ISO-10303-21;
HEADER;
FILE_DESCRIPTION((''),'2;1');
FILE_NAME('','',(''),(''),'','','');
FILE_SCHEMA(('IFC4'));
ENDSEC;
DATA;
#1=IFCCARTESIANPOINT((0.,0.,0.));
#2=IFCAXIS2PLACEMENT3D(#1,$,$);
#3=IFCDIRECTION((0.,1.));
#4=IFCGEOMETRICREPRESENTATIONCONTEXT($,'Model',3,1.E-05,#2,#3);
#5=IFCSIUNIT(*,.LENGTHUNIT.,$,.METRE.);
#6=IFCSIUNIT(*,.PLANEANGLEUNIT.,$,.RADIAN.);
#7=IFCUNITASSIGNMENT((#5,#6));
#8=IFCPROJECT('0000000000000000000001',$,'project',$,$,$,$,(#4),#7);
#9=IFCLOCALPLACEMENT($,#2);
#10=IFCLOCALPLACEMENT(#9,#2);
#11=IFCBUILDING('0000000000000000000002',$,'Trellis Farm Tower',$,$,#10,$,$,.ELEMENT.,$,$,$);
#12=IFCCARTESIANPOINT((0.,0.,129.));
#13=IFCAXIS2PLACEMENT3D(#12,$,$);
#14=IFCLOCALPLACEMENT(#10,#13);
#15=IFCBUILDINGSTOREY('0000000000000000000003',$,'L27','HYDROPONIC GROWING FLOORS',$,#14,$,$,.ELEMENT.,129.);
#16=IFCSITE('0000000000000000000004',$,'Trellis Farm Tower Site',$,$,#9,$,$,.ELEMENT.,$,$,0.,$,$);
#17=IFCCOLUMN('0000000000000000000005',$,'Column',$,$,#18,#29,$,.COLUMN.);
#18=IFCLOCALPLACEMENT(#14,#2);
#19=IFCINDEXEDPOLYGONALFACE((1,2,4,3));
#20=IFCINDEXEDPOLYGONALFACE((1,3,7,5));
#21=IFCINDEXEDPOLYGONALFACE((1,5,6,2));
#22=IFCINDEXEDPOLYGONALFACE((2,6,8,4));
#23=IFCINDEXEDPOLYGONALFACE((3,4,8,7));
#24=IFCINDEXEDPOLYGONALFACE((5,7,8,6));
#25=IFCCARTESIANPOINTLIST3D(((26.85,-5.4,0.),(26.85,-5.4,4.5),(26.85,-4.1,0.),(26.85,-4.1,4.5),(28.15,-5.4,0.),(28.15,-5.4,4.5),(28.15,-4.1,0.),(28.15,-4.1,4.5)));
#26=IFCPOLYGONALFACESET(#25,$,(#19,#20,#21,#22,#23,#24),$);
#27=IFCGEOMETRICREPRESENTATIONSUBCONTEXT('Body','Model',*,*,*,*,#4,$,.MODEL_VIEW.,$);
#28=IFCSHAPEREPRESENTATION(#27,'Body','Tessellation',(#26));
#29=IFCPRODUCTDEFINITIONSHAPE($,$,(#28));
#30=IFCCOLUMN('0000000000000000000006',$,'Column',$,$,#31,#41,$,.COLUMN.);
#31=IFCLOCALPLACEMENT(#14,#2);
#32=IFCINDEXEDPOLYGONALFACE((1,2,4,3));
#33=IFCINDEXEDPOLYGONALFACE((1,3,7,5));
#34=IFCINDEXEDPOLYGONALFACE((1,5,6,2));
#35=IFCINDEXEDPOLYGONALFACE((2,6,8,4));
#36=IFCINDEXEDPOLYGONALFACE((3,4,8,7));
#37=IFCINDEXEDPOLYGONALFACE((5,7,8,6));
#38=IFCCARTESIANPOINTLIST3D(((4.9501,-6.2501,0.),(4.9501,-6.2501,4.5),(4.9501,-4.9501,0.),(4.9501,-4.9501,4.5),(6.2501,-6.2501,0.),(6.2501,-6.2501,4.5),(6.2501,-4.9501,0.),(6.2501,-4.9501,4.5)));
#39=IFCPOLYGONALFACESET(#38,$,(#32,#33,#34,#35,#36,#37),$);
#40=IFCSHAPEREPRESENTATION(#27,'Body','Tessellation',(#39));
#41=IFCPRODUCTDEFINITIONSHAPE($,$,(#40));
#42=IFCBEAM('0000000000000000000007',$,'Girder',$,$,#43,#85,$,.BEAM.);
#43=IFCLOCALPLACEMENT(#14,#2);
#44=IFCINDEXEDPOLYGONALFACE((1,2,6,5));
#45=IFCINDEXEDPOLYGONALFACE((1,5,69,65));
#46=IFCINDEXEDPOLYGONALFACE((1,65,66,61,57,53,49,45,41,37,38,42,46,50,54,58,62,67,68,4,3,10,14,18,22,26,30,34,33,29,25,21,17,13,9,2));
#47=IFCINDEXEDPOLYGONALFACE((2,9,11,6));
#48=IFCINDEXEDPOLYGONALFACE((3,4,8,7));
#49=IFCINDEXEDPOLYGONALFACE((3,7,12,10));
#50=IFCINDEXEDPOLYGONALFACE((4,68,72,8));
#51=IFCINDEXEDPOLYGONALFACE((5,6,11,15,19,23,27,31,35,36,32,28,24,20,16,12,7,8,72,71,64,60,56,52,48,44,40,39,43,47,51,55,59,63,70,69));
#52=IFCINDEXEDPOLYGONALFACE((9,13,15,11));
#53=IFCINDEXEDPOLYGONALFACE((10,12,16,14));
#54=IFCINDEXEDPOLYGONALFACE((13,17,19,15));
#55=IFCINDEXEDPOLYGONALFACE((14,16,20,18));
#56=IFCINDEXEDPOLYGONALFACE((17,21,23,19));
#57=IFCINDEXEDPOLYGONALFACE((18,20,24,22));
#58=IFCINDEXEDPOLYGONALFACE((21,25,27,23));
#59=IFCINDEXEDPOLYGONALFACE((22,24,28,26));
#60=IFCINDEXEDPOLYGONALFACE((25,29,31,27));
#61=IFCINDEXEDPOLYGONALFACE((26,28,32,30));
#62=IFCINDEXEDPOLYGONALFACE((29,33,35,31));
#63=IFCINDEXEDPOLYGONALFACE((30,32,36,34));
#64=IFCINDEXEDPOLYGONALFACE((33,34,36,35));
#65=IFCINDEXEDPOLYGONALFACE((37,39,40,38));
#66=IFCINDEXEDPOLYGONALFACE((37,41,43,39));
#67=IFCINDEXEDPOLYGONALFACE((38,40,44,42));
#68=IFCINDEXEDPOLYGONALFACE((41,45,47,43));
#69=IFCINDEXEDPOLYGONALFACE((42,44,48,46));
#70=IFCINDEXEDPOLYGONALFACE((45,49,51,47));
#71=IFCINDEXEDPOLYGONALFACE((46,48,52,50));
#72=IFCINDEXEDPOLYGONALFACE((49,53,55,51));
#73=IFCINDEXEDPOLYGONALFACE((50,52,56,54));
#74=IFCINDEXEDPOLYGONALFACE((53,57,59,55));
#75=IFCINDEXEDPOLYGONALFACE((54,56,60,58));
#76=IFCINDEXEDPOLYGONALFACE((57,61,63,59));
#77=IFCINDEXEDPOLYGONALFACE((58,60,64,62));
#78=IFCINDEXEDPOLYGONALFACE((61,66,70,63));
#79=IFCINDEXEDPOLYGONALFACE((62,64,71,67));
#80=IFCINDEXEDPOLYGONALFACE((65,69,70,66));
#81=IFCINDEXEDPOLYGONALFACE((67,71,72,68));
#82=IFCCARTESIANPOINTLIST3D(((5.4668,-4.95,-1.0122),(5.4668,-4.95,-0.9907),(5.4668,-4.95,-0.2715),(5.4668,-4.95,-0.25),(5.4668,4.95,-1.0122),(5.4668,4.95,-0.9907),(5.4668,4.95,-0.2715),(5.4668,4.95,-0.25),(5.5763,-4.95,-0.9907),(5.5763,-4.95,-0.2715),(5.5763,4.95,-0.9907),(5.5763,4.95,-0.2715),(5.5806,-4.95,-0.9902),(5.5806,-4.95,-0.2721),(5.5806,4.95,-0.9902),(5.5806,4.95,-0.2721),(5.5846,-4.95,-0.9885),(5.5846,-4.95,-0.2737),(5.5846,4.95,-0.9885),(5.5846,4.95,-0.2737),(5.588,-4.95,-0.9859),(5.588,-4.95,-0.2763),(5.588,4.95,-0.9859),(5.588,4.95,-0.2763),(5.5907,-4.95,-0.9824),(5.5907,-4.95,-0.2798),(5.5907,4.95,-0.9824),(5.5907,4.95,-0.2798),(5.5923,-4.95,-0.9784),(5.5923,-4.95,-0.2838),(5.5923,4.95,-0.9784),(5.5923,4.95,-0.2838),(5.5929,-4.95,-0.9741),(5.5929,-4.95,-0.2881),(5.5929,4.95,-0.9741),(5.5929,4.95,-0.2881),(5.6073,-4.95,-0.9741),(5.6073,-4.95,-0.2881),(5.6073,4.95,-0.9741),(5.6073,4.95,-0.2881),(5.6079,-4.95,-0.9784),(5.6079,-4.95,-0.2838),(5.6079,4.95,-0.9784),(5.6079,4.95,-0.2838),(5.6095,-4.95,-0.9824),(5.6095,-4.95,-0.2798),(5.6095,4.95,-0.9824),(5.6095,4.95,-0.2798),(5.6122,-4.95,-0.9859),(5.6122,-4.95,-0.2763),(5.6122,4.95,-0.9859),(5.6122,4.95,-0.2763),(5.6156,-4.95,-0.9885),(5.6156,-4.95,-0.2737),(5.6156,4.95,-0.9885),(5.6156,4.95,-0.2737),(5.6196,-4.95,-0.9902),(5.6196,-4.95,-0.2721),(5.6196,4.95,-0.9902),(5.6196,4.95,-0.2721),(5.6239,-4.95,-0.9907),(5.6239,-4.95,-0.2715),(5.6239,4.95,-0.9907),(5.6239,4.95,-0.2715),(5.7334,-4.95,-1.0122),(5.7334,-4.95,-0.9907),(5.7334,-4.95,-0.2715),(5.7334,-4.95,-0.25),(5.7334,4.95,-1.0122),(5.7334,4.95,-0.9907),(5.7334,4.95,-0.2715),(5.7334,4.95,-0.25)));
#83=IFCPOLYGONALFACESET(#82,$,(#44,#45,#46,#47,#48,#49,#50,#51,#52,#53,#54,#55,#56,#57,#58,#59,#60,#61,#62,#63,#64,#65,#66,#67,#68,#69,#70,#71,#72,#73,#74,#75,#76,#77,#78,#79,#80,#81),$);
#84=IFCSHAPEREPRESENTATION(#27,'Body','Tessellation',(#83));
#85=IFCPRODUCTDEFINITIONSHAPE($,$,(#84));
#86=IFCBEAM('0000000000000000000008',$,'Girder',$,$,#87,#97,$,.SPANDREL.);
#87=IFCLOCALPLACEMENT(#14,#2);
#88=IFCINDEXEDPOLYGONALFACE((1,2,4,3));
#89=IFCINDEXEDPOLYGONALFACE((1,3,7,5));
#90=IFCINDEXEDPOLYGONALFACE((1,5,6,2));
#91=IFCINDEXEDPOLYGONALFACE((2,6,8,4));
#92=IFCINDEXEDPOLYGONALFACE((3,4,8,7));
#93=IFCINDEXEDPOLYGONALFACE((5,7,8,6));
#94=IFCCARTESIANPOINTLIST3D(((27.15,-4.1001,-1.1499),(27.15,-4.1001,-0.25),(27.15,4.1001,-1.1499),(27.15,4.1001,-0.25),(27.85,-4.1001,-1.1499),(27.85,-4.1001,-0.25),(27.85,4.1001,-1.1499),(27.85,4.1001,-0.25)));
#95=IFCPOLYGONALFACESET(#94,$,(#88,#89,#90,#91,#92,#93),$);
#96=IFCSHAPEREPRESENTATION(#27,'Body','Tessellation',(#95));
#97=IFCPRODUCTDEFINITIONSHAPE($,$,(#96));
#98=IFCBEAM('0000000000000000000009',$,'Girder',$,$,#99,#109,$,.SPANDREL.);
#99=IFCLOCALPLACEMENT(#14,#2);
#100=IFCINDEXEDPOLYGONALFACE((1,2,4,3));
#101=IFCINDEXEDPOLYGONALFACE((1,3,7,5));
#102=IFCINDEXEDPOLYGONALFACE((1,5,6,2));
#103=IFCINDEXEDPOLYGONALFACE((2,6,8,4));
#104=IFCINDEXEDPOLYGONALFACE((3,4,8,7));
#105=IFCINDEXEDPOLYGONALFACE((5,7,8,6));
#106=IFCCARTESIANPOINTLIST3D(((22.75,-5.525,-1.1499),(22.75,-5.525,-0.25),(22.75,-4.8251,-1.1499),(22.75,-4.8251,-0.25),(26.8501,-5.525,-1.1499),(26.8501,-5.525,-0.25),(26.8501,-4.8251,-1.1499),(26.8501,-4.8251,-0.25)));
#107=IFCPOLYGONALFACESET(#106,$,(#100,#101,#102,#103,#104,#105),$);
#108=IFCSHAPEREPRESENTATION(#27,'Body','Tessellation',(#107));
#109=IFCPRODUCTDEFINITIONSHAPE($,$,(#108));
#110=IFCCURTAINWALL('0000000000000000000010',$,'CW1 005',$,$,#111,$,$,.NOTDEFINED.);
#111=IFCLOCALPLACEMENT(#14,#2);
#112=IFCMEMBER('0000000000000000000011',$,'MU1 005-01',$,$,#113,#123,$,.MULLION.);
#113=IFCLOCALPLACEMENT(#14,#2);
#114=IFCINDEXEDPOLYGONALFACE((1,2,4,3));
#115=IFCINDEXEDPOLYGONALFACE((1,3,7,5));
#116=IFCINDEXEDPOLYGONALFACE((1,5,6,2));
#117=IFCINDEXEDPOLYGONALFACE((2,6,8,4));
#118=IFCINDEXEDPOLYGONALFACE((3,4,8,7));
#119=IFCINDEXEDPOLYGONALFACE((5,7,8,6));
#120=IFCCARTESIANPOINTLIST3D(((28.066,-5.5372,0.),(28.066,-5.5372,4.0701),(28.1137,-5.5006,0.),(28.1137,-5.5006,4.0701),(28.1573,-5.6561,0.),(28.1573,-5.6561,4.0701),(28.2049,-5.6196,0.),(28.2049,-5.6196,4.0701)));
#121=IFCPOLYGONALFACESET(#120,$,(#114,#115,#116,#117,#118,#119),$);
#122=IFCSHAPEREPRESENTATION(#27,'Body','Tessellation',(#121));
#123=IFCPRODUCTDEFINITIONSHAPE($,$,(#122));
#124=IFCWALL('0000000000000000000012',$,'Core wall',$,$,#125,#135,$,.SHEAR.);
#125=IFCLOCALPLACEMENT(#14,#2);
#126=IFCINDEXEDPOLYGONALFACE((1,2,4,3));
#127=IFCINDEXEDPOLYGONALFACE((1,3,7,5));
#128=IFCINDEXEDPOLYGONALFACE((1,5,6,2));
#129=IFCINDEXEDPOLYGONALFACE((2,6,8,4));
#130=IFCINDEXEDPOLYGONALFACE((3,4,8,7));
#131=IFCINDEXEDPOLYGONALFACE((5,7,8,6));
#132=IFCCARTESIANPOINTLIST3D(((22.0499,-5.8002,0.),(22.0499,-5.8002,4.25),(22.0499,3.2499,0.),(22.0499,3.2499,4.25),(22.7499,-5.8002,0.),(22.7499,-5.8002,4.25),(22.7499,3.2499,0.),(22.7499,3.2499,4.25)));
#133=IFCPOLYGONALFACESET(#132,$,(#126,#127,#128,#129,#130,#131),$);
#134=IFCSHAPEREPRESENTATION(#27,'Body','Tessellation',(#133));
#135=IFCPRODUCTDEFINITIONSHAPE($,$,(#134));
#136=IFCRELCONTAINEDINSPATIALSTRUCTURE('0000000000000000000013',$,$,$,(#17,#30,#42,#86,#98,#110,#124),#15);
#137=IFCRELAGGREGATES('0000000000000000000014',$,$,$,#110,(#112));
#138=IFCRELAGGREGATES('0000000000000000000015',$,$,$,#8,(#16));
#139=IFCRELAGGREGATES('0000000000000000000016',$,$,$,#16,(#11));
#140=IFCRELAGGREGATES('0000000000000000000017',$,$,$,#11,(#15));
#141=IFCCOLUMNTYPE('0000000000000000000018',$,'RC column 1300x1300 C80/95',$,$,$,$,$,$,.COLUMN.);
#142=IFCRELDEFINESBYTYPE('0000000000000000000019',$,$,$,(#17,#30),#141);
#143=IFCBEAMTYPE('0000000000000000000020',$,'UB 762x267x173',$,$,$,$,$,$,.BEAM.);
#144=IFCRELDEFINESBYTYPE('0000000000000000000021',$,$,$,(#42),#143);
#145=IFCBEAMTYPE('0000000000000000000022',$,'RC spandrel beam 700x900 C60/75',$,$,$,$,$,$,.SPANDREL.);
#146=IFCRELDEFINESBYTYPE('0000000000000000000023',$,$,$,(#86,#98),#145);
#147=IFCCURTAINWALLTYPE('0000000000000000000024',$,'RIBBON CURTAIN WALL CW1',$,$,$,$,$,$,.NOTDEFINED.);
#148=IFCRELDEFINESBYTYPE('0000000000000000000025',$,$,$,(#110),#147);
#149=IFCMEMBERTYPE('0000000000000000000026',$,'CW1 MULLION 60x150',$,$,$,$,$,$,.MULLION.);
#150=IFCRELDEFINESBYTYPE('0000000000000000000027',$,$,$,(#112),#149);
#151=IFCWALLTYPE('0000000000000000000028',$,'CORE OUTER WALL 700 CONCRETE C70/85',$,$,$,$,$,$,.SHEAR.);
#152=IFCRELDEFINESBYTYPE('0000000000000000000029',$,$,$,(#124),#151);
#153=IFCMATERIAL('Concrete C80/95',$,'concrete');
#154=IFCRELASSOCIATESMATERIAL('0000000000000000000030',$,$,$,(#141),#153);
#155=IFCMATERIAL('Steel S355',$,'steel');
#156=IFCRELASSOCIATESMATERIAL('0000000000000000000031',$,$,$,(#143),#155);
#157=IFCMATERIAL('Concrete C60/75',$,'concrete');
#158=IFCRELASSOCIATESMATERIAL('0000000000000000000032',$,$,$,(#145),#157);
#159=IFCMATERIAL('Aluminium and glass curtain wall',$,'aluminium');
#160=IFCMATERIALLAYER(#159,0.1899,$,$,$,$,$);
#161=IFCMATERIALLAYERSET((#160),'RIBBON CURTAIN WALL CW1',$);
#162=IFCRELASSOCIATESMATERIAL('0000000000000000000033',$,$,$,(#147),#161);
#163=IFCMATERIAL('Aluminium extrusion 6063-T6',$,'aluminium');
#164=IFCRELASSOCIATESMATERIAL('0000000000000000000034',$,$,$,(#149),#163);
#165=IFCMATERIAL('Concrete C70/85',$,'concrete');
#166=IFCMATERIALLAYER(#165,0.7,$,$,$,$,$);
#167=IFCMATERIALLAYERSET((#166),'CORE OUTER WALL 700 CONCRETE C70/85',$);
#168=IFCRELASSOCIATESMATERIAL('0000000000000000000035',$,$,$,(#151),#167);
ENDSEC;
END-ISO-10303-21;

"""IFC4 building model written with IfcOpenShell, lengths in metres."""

from ifc_helpers import new_model, si_unit, direction, frame, frame_2d, origin, origin_2d, place, context, subcontext, project, spatial, rectangle, i_section, extrude, source, transform, mapped, material, layer, layer_set, material_profile, profile_set, type_object, element, aggregate, save


model = new_model("IFC4")

# Units and contexts
model_context = context("Model", 3, precision=1e-05, world=origin(), true_north=direction((0.0, 1.0)))
body_context = subcontext(model_context, "Body", "Model", "MODEL_VIEW")
ifc_project = project(units=[si_unit("LENGTHUNIT", "METRE"), si_unit("PLANEANGLEUNIT", "RADIAN")], contexts=[model_context])

# Site, building, storey
site_placement = place(None, origin())
site = spatial("IfcSite", under=ifc_project, at=site_placement, Name="Trellis Farm Tower Site", CompositionType="ELEMENT", RefElevation=0.0)
building_placement = place(site_placement, origin())
building = spatial("IfcBuilding", under=site, at=building_placement, Name="Trellis Farm Tower", CompositionType="ELEMENT")
storey_placement = place(building_placement, frame((0.0, 0.0, 129.0)))
storey = spatial("IfcBuildingStorey", under=building, at=storey_placement, Name="L27", Description="HYDROPONIC GROWING FLOORS", CompositionType="ELEMENT", Elevation=129.0)

# Columns
ifc_material_1 = material(Name="Concrete C80/95", Category="concrete")
ifc_material_profile_1 = material_profile(ifc_material_1, rectangle(XDim=1.3, YDim=1.3, at=origin_2d()), Name="RC column 1300x1300 C80/95")
ifc_profile_set_1 = profile_set([ifc_material_profile_1], Name="Concrete C80/95")
column_type = type_object("IfcColumnType", Name="RC column 1300x1300 C80/95", PredefinedType="COLUMN", material=ifc_profile_set_1)
shared_shape_1 = source(origin(), body_context, "Body", "SweptSolid", [
    extrude(rectangle(XDim=1.3, YDim=1.3, at=origin_2d()), origin(), (0.0, 0.0, 1.0), 4.5),
])
for number, where, z_axis, x_axis, name in (
    (1, (27.5, -4.75, 0.0), (0.0, 0.0, 1.0), (1.0, 0.0, 0.0), "Column"),
    (2, (5.6001, -5.6001, 0.0), (0.0, 0.0, 1.0), (1.0, 0.0, 0.0), "Column"),
):
    element("IfcColumn", number, at=place(storey_placement, frame(where, z_axis=z_axis, x_axis=x_axis)), inside=storey, type_object=column_type, Name=name, PredefinedType="COLUMN", context=body_context, shape_type="MappedRepresentation", body=[
        mapped(shared_shape_1, transform((0.0, 0.0, 0.0))),
    ])

# Beams
ifc_material_2 = material(Name="Steel S355", Category="steel")
ifc_material_profile_2 = material_profile(ifc_material_2, i_section(OverallWidth=0.2666, OverallDepth=0.7622, WebThickness=0.0144, FlangeThickness=0.0215, FilletRadius=0.0166, at=origin_2d()), Name="UB 762x267x173")
ifc_profile_set_2 = profile_set([ifc_material_profile_2], Name="Steel S355")
beam_type_1 = type_object("IfcBeamType", Name="UB 762x267x173", PredefinedType="BEAM", material=ifc_profile_set_2)
shared_shape_2 = source(origin(), body_context, "Body", "SweptSolid", [
    extrude(i_section(OverallWidth=0.2666, OverallDepth=0.7622, WebThickness=0.0144, FlangeThickness=0.0215, FilletRadius=0.0166, at=origin_2d()), origin(), (0.0, 0.0, 1.0), 9.8999),
])
beam_1_placement = place(storey_placement, frame((5.6001, -4.95, -0.6311), z_axis=(0.0, 1.0, 0.0), x_axis=(-1.0, 0.0, 0.0)))
element("IfcBeam", 3, at=beam_1_placement, inside=storey, type_object=beam_type_1, Name="Girder", PredefinedType="BEAM", context=body_context, shape_type="MappedRepresentation", body=[
    mapped(shared_shape_2, transform((0.0, 0.0, 0.0))),
])
ifc_material_3 = material(Name="Concrete C60/75", Category="concrete")
ifc_material_profile_3 = material_profile(ifc_material_3, rectangle(XDim=0.7, YDim=0.8999, at=origin_2d()), Name="RC spandrel beam 700x900 C60/75")
ifc_profile_set_3 = profile_set([ifc_material_profile_3], Name="Concrete C60/75")
beam_type_2 = type_object("IfcBeamType", Name="RC spandrel beam 700x900 C60/75", PredefinedType="SPANDREL", material=ifc_profile_set_3)
shared_shape_3 = source(origin(), body_context, "Body", "SweptSolid", [
    extrude(rectangle(XDim=0.7, YDim=0.8999, at=origin_2d()), origin(), (0.0, 0.0, 1.0), 8.2002),
])
beam_2_placement = place(storey_placement, frame((27.5, -4.1001, -0.7), z_axis=(0.0, 1.0, 0.0), x_axis=(-1.0, 0.0, 0.0)))
element("IfcBeam", 4, at=beam_2_placement, inside=storey, type_object=beam_type_2, Name="Girder", PredefinedType="SPANDREL", context=body_context, shape_type="MappedRepresentation", body=[
    mapped(shared_shape_3, transform((0.0, 0.0, 0.0))),
])
shared_shape_4 = source(origin(), body_context, "Body", "SweptSolid", [
    extrude(rectangle(XDim=0.7, YDim=0.8999, at=origin_2d()), origin(), (0.0, 0.0, 1.0), 4.1001),
])
beam_3_placement = place(storey_placement, frame((22.75, -5.175, -0.7), z_axis=(1.0, 0.0, 0.0), x_axis=(0.0, 1.0, 0.0)))
element("IfcBeam", 5, at=beam_3_placement, inside=storey, type_object=beam_type_2, Name="Girder", PredefinedType="SPANDREL", context=body_context, shape_type="MappedRepresentation", body=[
    mapped(shared_shape_4, transform((0.0, 0.0, 0.0))),
])

# Curtain wall, member
ifc_material_4 = material(Name="Aluminium and glass curtain wall", Category="aluminium")
ifc_layer_1 = layer(ifc_material_4, 0.1899)
ifc_layer_set_1 = layer_set([ifc_layer_1], Name="RIBBON CURTAIN WALL CW1")
curtain_wall_type = type_object("IfcCurtainWallType", Name="RIBBON CURTAIN WALL CW1", PredefinedType="NOTDEFINED", material=ifc_layer_set_1)
placement = place(storey_placement, origin())
curtain_wall = element("IfcCurtainWall", 6, at=placement, inside=storey, type_object=curtain_wall_type, Name="CW1 005", PredefinedType="NOTDEFINED")
ifc_material_5 = material(Name="Aluminium extrusion 6063-T6", Category="aluminium")
ifc_material_profile_4 = material_profile(ifc_material_5, rectangle(XDim=0.0601, YDim=0.1499, at=origin_2d()), Name="MULLION 60x150")
ifc_profile_set_4 = profile_set([ifc_material_profile_4], Name="Aluminium extrusion 6063-T6")
member_type = type_object("IfcMemberType", Name="CW1 MULLION 60x150", PredefinedType="MULLION", material=ifc_profile_set_4)
shared_shape_5 = source(origin(), body_context, "Body", "SweptSolid", [
    extrude(rectangle(XDim=0.0601, YDim=0.1499, at=origin_2d()), origin(), (0.0, 0.0, 1.0), 4.0701),
])
member_placement = place(storey_placement, frame((28.1355, -5.5784, 0.0), z_axis=(0.0, 0.0, 1.0), x_axis=(0.793353, 0.608761, 0.0)))
member = element("IfcMember", 7, at=member_placement, type_object=member_type, Name="MU1 005-01", PredefinedType="MULLION", context=body_context, shape_type="MappedRepresentation", body=[
    mapped(shared_shape_5, transform((0.0, 0.0, 0.0))),
])
aggregate(curtain_wall, [member])

# Wall
ifc_material_6 = material(Name="Concrete C70/85", Category="concrete")
ifc_layer_2 = layer(ifc_material_6, 0.7)
ifc_layer_set_2 = layer_set([ifc_layer_2], Name="CORE OUTER WALL 700 CONCRETE C70/85")
wall_type_1 = type_object("IfcWallType", Name="CORE OUTER WALL 700 CONCRETE C70/85", PredefinedType="SHEAR", material=ifc_layer_set_2)
shared_shape_6 = source(origin(), body_context, "Body", "SweptSolid", [
    extrude(rectangle(XDim=9.05, YDim=0.7, at=frame_2d((4.5249, 0.0))), origin(), (0.0, 0.0, 1.0), 4.25),
])
wall_1_placement = place(storey_placement, frame((22.3999, -5.8, 0.0), z_axis=(0.0, 0.0, 1.0), x_axis=(0.0, 1.0, 0.0)))
element("IfcWall", 8, at=wall_1_placement, inside=storey, type_object=wall_type_1, Name="Core wall", PredefinedType="SHEAR", context=body_context, shape_type="MappedRepresentation", body=[
    mapped(shared_shape_6, transform((0.0, 0.0, 0.0))),
])

save(model, "model.ifc")
